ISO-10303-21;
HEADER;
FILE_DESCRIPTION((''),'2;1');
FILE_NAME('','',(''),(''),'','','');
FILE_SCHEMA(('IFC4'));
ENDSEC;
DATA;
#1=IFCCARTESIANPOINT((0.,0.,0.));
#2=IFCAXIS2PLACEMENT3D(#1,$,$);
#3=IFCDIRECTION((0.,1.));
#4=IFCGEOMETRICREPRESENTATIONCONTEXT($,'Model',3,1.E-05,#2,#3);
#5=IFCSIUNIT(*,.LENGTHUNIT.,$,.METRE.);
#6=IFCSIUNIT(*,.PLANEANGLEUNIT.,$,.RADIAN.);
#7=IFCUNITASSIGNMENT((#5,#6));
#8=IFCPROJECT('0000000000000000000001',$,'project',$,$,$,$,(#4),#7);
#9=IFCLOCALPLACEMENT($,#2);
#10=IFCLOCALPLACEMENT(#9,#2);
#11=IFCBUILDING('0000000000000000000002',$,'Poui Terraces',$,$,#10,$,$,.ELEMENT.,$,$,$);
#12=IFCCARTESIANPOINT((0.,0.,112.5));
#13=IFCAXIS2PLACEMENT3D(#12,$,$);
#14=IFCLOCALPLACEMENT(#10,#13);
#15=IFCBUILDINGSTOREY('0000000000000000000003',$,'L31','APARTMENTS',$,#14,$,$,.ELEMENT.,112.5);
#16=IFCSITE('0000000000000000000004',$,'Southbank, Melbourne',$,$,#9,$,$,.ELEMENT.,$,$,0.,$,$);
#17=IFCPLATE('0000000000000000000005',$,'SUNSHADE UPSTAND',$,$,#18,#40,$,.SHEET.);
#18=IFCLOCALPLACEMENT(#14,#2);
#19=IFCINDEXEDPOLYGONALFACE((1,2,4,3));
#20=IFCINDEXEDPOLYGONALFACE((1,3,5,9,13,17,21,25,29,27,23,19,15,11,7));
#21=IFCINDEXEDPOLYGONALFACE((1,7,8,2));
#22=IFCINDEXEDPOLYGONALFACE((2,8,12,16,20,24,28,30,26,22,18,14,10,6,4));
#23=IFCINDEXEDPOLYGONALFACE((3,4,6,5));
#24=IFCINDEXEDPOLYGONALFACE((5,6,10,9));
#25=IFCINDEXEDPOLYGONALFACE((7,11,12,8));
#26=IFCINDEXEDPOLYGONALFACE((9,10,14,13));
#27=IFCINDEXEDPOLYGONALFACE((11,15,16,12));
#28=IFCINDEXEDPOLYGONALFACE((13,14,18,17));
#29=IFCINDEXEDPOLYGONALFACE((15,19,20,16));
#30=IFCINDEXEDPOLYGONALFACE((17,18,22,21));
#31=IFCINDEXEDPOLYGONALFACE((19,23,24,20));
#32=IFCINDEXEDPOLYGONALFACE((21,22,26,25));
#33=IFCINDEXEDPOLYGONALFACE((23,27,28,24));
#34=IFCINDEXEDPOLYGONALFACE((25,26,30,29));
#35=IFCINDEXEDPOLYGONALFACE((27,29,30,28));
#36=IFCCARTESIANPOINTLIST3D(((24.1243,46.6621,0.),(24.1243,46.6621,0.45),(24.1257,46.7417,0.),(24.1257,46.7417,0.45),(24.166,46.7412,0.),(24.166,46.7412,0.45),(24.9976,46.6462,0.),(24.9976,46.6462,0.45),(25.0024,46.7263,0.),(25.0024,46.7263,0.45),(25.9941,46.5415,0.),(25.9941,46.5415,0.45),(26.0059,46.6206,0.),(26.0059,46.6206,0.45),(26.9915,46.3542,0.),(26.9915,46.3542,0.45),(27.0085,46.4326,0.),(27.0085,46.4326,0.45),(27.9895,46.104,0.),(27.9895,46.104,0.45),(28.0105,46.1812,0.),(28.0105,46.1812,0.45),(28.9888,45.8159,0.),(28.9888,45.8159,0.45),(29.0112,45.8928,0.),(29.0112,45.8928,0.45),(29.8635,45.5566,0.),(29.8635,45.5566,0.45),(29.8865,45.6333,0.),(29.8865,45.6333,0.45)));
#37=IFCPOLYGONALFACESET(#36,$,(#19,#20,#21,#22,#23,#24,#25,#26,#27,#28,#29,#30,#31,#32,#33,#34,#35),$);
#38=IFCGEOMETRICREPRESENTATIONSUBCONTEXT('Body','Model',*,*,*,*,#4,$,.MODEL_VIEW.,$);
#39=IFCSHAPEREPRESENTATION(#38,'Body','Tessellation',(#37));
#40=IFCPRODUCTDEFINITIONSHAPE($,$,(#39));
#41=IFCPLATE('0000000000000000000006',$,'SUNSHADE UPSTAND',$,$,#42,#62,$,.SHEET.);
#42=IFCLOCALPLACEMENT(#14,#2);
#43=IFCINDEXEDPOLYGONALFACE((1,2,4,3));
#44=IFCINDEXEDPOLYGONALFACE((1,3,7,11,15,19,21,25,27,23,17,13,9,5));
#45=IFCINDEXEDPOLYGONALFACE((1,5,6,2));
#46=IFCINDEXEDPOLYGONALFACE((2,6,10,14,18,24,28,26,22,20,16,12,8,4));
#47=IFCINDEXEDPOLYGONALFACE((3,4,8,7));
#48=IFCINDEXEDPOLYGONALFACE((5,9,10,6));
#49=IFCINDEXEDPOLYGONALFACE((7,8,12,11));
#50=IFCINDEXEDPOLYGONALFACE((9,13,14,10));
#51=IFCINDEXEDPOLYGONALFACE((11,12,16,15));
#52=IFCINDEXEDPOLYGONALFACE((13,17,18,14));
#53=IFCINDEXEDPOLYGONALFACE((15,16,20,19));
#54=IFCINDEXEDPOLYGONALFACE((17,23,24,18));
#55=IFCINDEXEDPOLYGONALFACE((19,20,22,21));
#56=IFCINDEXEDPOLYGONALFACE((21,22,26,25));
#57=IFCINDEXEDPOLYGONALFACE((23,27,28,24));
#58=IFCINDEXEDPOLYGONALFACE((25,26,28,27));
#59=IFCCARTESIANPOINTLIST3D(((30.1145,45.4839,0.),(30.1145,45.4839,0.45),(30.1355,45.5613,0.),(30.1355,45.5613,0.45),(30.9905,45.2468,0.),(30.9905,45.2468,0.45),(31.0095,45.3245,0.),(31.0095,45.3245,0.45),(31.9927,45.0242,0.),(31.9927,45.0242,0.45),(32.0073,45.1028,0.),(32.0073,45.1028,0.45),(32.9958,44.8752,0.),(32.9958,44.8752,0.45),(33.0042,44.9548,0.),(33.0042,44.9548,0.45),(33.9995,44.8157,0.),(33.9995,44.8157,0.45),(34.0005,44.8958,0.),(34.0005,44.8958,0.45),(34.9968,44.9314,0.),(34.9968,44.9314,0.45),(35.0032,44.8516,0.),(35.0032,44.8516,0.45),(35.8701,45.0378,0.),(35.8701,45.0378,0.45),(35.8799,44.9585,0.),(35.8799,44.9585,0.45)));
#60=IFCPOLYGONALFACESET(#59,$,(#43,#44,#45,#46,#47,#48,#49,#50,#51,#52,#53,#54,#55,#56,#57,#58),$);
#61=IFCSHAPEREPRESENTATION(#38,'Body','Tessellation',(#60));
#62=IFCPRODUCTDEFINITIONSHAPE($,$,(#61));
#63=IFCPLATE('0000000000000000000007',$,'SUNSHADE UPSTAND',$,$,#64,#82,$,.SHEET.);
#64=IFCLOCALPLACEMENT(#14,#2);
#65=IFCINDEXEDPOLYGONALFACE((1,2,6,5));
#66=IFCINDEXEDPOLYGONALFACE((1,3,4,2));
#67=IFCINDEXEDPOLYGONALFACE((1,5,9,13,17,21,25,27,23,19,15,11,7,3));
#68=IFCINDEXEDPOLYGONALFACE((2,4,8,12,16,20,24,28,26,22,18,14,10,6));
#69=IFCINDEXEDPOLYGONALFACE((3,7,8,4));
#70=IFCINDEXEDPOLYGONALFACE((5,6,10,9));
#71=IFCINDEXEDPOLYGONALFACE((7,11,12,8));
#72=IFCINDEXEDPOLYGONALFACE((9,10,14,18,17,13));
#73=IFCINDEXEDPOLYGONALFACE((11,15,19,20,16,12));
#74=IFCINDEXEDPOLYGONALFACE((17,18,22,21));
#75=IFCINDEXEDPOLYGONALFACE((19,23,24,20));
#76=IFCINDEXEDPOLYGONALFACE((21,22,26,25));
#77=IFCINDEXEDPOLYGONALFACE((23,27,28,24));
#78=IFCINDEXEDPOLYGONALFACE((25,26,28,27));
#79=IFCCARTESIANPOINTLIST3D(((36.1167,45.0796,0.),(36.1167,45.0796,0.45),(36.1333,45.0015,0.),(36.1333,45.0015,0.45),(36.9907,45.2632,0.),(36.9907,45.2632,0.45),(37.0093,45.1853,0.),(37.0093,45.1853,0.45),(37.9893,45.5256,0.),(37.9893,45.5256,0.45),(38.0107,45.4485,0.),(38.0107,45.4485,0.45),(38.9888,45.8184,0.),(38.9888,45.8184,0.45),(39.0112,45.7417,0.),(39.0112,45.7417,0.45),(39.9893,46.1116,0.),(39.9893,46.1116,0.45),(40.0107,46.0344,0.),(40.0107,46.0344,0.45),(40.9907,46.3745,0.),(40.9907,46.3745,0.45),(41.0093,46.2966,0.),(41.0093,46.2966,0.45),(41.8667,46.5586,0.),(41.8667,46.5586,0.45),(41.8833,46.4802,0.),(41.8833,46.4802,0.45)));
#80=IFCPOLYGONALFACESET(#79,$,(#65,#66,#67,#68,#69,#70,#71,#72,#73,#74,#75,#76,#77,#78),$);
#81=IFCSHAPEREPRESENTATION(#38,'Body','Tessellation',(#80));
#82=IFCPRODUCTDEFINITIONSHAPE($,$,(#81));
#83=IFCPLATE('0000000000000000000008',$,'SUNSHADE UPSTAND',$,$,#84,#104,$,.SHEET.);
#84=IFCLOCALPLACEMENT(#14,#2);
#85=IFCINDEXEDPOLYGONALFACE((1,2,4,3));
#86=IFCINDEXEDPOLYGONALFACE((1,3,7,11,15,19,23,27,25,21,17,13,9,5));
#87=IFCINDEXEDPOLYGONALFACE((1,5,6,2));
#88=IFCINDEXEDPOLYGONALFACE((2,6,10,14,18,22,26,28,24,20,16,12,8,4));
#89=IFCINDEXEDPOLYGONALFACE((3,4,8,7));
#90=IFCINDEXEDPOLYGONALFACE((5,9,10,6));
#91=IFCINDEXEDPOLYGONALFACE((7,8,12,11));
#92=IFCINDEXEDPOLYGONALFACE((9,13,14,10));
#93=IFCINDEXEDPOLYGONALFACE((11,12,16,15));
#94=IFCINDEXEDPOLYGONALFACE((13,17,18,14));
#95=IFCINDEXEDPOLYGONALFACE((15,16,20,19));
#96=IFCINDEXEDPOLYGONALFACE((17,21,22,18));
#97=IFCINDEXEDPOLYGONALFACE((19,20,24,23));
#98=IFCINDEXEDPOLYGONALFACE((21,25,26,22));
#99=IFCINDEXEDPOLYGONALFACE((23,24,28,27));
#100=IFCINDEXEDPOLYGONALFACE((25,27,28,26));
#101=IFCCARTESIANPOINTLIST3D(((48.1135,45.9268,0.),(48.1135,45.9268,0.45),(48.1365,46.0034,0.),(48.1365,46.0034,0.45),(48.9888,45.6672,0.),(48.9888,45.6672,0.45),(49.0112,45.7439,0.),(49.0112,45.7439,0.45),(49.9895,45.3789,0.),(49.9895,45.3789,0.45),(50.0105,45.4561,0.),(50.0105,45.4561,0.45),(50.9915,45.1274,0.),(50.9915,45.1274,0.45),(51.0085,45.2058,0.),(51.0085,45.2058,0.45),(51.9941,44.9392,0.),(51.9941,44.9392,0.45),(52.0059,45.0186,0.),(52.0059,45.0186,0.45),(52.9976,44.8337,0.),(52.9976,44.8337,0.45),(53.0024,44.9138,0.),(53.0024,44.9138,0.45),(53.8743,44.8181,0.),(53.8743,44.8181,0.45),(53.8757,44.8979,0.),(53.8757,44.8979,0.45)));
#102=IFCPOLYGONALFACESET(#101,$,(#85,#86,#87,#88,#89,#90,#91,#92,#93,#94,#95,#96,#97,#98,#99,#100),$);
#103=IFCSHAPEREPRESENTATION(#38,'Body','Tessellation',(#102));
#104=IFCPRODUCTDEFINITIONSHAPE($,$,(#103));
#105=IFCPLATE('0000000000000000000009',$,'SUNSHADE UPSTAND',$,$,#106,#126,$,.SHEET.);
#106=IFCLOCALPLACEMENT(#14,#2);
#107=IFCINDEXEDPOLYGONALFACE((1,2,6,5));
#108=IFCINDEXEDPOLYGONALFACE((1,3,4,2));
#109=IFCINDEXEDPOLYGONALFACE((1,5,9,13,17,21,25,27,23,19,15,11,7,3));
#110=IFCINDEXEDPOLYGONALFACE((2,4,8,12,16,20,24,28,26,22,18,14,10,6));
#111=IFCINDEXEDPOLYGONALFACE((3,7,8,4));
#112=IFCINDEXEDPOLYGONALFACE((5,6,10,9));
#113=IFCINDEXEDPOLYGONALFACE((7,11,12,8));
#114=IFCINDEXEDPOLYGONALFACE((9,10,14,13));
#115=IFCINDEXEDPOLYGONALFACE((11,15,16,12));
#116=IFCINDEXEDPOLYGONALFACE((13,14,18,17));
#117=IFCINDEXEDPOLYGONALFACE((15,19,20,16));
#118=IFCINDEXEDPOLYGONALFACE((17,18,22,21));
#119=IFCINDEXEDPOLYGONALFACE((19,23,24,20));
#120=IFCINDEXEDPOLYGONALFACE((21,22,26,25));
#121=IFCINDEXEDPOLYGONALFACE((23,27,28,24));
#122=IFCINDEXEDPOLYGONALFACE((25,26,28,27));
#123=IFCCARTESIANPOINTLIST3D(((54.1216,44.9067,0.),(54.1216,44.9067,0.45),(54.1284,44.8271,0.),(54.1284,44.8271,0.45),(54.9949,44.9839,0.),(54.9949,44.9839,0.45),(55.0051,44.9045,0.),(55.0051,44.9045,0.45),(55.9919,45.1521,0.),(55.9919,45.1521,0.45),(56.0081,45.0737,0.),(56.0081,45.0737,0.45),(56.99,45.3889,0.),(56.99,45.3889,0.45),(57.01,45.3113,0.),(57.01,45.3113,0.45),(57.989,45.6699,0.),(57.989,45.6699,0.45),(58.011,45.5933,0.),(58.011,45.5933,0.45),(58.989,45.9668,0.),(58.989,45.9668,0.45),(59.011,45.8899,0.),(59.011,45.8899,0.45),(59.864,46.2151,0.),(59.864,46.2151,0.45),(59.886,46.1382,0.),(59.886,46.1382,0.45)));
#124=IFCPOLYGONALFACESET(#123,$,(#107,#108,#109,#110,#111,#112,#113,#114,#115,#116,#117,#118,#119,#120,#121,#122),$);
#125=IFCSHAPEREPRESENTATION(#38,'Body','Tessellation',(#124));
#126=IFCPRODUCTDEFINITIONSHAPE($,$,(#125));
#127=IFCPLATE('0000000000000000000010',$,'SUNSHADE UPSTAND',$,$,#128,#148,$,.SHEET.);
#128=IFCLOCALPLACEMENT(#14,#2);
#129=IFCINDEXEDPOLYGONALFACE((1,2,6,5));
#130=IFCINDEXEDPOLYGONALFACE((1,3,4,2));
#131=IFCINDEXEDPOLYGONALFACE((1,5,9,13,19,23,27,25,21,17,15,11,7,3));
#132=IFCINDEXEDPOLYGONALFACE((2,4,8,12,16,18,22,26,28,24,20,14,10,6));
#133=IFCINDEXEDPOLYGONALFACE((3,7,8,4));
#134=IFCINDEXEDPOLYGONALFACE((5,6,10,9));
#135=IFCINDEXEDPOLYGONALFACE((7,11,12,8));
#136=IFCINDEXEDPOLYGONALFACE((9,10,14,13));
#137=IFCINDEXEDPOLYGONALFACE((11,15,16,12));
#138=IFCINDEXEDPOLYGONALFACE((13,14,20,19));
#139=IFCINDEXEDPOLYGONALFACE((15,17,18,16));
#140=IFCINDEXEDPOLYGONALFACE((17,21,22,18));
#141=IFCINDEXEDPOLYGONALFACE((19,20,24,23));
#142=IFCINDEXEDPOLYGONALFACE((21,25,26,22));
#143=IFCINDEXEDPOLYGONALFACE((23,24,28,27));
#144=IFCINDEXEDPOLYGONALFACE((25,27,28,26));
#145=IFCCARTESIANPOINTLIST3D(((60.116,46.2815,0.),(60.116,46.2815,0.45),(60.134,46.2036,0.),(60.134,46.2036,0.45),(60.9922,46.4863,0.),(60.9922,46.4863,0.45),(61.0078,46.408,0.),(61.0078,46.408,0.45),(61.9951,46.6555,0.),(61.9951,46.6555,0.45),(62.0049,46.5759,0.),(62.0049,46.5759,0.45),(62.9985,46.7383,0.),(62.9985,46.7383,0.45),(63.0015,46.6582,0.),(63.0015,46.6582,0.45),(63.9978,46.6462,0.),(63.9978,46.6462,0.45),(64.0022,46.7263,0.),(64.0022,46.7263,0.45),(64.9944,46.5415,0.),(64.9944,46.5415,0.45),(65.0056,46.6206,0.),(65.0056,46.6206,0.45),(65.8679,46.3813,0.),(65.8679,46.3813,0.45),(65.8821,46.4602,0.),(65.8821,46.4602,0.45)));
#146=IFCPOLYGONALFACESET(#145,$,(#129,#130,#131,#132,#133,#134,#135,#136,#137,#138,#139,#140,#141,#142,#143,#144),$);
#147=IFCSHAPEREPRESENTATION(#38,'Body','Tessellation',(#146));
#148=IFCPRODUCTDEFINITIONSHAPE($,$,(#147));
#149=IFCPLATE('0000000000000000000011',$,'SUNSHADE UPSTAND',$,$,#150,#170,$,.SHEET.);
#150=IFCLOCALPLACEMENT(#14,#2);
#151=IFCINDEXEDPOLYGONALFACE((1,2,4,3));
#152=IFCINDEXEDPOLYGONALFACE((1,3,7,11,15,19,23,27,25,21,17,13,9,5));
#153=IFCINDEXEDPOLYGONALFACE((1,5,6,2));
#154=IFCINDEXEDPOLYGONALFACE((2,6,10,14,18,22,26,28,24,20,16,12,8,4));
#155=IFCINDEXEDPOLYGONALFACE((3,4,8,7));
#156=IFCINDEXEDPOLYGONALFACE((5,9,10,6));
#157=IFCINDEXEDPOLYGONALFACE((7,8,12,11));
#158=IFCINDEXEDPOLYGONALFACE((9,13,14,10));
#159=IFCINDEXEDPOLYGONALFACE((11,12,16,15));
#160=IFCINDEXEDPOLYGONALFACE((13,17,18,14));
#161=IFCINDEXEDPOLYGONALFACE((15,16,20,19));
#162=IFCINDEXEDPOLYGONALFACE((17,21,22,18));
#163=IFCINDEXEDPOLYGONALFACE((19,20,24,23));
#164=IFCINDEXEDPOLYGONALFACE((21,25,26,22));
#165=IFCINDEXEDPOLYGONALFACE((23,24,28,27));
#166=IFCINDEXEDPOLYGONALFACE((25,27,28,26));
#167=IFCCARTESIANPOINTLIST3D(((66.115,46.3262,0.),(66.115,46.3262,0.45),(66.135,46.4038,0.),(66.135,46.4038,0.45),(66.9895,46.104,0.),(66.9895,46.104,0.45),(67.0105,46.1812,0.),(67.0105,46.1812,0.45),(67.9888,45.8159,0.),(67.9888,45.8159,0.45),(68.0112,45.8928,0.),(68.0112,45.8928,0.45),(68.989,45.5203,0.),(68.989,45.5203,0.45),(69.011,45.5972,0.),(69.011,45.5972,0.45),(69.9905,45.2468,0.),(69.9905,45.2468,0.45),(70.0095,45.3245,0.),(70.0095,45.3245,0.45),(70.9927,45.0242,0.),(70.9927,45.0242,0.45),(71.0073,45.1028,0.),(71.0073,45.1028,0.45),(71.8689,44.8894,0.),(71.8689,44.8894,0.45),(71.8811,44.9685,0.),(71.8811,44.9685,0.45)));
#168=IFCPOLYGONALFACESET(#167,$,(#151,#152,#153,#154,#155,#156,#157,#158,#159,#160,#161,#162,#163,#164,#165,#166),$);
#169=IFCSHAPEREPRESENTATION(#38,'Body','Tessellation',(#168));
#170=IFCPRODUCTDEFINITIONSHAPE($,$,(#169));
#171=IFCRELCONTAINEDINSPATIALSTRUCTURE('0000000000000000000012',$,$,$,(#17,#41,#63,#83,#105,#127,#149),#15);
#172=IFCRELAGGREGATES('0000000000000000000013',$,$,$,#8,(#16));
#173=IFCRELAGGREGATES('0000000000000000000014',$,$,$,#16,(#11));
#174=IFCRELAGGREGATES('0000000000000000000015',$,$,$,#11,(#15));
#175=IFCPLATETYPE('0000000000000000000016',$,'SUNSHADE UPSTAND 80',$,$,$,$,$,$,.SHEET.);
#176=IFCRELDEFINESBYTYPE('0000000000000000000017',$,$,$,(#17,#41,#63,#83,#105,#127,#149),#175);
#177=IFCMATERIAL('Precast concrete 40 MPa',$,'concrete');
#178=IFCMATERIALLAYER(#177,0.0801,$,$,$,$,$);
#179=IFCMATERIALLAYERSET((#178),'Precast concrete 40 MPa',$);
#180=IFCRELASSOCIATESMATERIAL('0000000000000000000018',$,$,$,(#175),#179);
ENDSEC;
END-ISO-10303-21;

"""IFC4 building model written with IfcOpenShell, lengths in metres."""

from ifc_helpers import new_model, si_unit, direction, frame, origin, place, context, subcontext, project, spatial, polyline, outline, extrude, material, layer, layer_set, type_object, element, save


model = new_model("IFC4")

# Units and contexts
model_context = context("Model", 3, precision=1e-05, world=origin(), true_north=direction((0.0, 1.0)))
body_context = subcontext(model_context, "Body", "Model", "MODEL_VIEW")
ifc_project = project(units=[si_unit("LENGTHUNIT", "METRE"), si_unit("PLANEANGLEUNIT", "RADIAN")], contexts=[model_context])

# Site, building, storey
site_placement = place(None, origin())
site = spatial("IfcSite", under=ifc_project, at=site_placement, Name="Southbank, Melbourne", CompositionType="ELEMENT", RefElevation=0.0)
building_placement = place(site_placement, origin())
building = spatial("IfcBuilding", under=site, at=building_placement, Name="Poui Terraces", CompositionType="ELEMENT")
storey_placement = place(building_placement, frame((0.0, 0.0, 112.5)))
storey = spatial("IfcBuildingStorey", under=building, at=storey_placement, Name="L31", Description="APARTMENTS", CompositionType="ELEMENT", Elevation=112.5)

# Shared definitions
ifc_material = material(Name="Precast concrete 40 MPa", Category="concrete")

# Plates
ifc_layer_1 = layer(ifc_material, 0.0801)
ifc_layer_set_1 = layer_set([ifc_layer_1], Name="Precast concrete 40 MPa")
plate_type = type_object("IfcPlateType", Name="SUNSHADE UPSTAND 80", PredefinedType="SHEET", material=ifc_layer_set_1)
plate_1_placement = place(storey_placement, origin())
element("IfcPlate", 1, at=plate_1_placement, inside=storey, type_object=plate_type, Name="SUNSHADE UPSTAND", PredefinedType="SHEET", context=body_context, shape_type="SweptSolid", body=[
    extrude(outline(polyline([(25.0024, 46.7263), (24.166, 46.7412), (24.1257, 46.7417), (24.1243, 46.6621), (24.9976, 46.6462), (25.9941, 46.5415), (26.9915, 46.3542), (27.9895, 46.104), (28.9888, 45.8159), (29.8635, 45.5566), (29.8865, 45.6333), (29.0112, 45.8928), (28.0105, 46.1812), (27.0085, 46.4326), (26.0059, 46.6206), (25.0024, 46.7263)])), origin(), (0.0, 0.0, 1.0), 0.45),
])
plate_2_placement = place(storey_placement, origin())
element("IfcPlate", 2, at=plate_2_placement, inside=storey, type_object=plate_type, Name="SUNSHADE UPSTAND", PredefinedType="SHEET", context=body_context, shape_type="SweptSolid", body=[
    extrude(outline(polyline([(31.0095, 45.3245), (30.1355, 45.5613), (30.1145, 45.4839), (30.9905, 45.2468), (31.9927, 45.0242), (32.9958, 44.8752), (33.9995, 44.8157), (35.0032, 44.8516), (35.8799, 44.9585), (35.8701, 45.0378), (34.9968, 44.9314), (34.0005, 44.8958), (33.0042, 44.9548), (32.0073, 45.1028), (31.0095, 45.3245)])), origin(), (0.0, 0.0, 1.0), 0.45),
])
plate_3_placement = place(storey_placement, origin())
element("IfcPlate", 3, at=plate_3_placement, inside=storey, type_object=plate_type, Name="SUNSHADE UPSTAND", PredefinedType="SHEET", context=body_context, shape_type="SweptSolid", body=[
    extrude(outline(polyline([(36.9907, 45.2632), (36.1167, 45.0796), (36.1333, 45.0015), (37.0093, 45.1853), (38.0107, 45.4485), (39.0112, 45.7417), (40.0107, 46.0344), (41.0093, 46.2966), (41.8833, 46.4802), (41.8667, 46.5586), (40.9907, 46.3745), (39.9893, 46.1116), (38.9888, 45.8184), (37.9893, 45.5256), (36.9907, 45.2632)])), origin(), (0.0, 0.0, 1.0), 0.45),
])
plate_4_placement = place(storey_placement, origin())
element("IfcPlate", 4, at=plate_4_placement, inside=storey, type_object=plate_type, Name="SUNSHADE UPSTAND", PredefinedType="SHEET", context=body_context, shape_type="SweptSolid", body=[
    extrude(outline(polyline([(49.0112, 45.7439), (48.1365, 46.0034), (48.1135, 45.9268), (48.9888, 45.6672), (49.9895, 45.3789), (50.9915, 45.1274), (51.9941, 44.9392), (52.9976, 44.8337), (53.8743, 44.8181), (53.8757, 44.8979), (53.0024, 44.9138), (52.0059, 45.0186), (51.0085, 45.2058), (50.0105, 45.4561), (49.0112, 45.7439)])), origin(), (0.0, 0.0, 1.0), 0.45),
])
plate_5_placement = place(storey_placement, origin())
element("IfcPlate", 5, at=plate_5_placement, inside=storey, type_object=plate_type, Name="SUNSHADE UPSTAND", PredefinedType="SHEET", context=body_context, shape_type="SweptSolid", body=[
    extrude(outline(polyline([(54.9949, 44.9839), (54.1216, 44.9067), (54.1284, 44.8271), (55.0051, 44.9045), (56.0081, 45.0737), (57.01, 45.3113), (58.011, 45.5933), (59.011, 45.8899), (59.886, 46.1382), (59.864, 46.2151), (58.989, 45.9668), (57.989, 45.6699), (56.99, 45.3889), (55.9919, 45.1521), (54.9949, 44.9839)])), origin(), (0.0, 0.0, 1.0), 0.45),
])
plate_6_placement = place(storey_placement, origin())
element("IfcPlate", 6, at=plate_6_placement, inside=storey, type_object=plate_type, Name="SUNSHADE UPSTAND", PredefinedType="SHEET", context=body_context, shape_type="SweptSolid", body=[
    extrude(outline(polyline([(60.9922, 46.4863), (60.116, 46.2815), (60.134, 46.2036), (61.0078, 46.408), (62.0049, 46.5759), (63.0015, 46.6582), (63.9978, 46.6462), (64.9944, 46.5415), (65.8679, 46.3813), (65.8821, 46.4602), (65.0056, 46.6206), (64.0022, 46.7263), (62.9985, 46.7383), (61.9951, 46.6555), (60.9922, 46.4863)])), origin(), (0.0, 0.0, 1.0), 0.45),
])
plate_7_placement = place(storey_placement, origin())
element("IfcPlate", 7, at=plate_7_placement, inside=storey, type_object=plate_type, Name="SUNSHADE UPSTAND", PredefinedType="SHEET", context=body_context, shape_type="SweptSolid", body=[
    extrude(outline(polyline([(67.0105, 46.1812), (66.135, 46.4038), (66.115, 46.3262), (66.9895, 46.104), (67.9888, 45.8159), (68.989, 45.5203), (69.9905, 45.2468), (70.9927, 45.0242), (71.8689, 44.8894), (71.8811, 44.9685), (71.0073, 45.1028), (70.0095, 45.3245), (69.011, 45.5972), (68.0112, 45.8928), (67.0105, 46.1812)])), origin(), (0.0, 0.0, 1.0), 0.45),
])

save(model, "model.ifc")
